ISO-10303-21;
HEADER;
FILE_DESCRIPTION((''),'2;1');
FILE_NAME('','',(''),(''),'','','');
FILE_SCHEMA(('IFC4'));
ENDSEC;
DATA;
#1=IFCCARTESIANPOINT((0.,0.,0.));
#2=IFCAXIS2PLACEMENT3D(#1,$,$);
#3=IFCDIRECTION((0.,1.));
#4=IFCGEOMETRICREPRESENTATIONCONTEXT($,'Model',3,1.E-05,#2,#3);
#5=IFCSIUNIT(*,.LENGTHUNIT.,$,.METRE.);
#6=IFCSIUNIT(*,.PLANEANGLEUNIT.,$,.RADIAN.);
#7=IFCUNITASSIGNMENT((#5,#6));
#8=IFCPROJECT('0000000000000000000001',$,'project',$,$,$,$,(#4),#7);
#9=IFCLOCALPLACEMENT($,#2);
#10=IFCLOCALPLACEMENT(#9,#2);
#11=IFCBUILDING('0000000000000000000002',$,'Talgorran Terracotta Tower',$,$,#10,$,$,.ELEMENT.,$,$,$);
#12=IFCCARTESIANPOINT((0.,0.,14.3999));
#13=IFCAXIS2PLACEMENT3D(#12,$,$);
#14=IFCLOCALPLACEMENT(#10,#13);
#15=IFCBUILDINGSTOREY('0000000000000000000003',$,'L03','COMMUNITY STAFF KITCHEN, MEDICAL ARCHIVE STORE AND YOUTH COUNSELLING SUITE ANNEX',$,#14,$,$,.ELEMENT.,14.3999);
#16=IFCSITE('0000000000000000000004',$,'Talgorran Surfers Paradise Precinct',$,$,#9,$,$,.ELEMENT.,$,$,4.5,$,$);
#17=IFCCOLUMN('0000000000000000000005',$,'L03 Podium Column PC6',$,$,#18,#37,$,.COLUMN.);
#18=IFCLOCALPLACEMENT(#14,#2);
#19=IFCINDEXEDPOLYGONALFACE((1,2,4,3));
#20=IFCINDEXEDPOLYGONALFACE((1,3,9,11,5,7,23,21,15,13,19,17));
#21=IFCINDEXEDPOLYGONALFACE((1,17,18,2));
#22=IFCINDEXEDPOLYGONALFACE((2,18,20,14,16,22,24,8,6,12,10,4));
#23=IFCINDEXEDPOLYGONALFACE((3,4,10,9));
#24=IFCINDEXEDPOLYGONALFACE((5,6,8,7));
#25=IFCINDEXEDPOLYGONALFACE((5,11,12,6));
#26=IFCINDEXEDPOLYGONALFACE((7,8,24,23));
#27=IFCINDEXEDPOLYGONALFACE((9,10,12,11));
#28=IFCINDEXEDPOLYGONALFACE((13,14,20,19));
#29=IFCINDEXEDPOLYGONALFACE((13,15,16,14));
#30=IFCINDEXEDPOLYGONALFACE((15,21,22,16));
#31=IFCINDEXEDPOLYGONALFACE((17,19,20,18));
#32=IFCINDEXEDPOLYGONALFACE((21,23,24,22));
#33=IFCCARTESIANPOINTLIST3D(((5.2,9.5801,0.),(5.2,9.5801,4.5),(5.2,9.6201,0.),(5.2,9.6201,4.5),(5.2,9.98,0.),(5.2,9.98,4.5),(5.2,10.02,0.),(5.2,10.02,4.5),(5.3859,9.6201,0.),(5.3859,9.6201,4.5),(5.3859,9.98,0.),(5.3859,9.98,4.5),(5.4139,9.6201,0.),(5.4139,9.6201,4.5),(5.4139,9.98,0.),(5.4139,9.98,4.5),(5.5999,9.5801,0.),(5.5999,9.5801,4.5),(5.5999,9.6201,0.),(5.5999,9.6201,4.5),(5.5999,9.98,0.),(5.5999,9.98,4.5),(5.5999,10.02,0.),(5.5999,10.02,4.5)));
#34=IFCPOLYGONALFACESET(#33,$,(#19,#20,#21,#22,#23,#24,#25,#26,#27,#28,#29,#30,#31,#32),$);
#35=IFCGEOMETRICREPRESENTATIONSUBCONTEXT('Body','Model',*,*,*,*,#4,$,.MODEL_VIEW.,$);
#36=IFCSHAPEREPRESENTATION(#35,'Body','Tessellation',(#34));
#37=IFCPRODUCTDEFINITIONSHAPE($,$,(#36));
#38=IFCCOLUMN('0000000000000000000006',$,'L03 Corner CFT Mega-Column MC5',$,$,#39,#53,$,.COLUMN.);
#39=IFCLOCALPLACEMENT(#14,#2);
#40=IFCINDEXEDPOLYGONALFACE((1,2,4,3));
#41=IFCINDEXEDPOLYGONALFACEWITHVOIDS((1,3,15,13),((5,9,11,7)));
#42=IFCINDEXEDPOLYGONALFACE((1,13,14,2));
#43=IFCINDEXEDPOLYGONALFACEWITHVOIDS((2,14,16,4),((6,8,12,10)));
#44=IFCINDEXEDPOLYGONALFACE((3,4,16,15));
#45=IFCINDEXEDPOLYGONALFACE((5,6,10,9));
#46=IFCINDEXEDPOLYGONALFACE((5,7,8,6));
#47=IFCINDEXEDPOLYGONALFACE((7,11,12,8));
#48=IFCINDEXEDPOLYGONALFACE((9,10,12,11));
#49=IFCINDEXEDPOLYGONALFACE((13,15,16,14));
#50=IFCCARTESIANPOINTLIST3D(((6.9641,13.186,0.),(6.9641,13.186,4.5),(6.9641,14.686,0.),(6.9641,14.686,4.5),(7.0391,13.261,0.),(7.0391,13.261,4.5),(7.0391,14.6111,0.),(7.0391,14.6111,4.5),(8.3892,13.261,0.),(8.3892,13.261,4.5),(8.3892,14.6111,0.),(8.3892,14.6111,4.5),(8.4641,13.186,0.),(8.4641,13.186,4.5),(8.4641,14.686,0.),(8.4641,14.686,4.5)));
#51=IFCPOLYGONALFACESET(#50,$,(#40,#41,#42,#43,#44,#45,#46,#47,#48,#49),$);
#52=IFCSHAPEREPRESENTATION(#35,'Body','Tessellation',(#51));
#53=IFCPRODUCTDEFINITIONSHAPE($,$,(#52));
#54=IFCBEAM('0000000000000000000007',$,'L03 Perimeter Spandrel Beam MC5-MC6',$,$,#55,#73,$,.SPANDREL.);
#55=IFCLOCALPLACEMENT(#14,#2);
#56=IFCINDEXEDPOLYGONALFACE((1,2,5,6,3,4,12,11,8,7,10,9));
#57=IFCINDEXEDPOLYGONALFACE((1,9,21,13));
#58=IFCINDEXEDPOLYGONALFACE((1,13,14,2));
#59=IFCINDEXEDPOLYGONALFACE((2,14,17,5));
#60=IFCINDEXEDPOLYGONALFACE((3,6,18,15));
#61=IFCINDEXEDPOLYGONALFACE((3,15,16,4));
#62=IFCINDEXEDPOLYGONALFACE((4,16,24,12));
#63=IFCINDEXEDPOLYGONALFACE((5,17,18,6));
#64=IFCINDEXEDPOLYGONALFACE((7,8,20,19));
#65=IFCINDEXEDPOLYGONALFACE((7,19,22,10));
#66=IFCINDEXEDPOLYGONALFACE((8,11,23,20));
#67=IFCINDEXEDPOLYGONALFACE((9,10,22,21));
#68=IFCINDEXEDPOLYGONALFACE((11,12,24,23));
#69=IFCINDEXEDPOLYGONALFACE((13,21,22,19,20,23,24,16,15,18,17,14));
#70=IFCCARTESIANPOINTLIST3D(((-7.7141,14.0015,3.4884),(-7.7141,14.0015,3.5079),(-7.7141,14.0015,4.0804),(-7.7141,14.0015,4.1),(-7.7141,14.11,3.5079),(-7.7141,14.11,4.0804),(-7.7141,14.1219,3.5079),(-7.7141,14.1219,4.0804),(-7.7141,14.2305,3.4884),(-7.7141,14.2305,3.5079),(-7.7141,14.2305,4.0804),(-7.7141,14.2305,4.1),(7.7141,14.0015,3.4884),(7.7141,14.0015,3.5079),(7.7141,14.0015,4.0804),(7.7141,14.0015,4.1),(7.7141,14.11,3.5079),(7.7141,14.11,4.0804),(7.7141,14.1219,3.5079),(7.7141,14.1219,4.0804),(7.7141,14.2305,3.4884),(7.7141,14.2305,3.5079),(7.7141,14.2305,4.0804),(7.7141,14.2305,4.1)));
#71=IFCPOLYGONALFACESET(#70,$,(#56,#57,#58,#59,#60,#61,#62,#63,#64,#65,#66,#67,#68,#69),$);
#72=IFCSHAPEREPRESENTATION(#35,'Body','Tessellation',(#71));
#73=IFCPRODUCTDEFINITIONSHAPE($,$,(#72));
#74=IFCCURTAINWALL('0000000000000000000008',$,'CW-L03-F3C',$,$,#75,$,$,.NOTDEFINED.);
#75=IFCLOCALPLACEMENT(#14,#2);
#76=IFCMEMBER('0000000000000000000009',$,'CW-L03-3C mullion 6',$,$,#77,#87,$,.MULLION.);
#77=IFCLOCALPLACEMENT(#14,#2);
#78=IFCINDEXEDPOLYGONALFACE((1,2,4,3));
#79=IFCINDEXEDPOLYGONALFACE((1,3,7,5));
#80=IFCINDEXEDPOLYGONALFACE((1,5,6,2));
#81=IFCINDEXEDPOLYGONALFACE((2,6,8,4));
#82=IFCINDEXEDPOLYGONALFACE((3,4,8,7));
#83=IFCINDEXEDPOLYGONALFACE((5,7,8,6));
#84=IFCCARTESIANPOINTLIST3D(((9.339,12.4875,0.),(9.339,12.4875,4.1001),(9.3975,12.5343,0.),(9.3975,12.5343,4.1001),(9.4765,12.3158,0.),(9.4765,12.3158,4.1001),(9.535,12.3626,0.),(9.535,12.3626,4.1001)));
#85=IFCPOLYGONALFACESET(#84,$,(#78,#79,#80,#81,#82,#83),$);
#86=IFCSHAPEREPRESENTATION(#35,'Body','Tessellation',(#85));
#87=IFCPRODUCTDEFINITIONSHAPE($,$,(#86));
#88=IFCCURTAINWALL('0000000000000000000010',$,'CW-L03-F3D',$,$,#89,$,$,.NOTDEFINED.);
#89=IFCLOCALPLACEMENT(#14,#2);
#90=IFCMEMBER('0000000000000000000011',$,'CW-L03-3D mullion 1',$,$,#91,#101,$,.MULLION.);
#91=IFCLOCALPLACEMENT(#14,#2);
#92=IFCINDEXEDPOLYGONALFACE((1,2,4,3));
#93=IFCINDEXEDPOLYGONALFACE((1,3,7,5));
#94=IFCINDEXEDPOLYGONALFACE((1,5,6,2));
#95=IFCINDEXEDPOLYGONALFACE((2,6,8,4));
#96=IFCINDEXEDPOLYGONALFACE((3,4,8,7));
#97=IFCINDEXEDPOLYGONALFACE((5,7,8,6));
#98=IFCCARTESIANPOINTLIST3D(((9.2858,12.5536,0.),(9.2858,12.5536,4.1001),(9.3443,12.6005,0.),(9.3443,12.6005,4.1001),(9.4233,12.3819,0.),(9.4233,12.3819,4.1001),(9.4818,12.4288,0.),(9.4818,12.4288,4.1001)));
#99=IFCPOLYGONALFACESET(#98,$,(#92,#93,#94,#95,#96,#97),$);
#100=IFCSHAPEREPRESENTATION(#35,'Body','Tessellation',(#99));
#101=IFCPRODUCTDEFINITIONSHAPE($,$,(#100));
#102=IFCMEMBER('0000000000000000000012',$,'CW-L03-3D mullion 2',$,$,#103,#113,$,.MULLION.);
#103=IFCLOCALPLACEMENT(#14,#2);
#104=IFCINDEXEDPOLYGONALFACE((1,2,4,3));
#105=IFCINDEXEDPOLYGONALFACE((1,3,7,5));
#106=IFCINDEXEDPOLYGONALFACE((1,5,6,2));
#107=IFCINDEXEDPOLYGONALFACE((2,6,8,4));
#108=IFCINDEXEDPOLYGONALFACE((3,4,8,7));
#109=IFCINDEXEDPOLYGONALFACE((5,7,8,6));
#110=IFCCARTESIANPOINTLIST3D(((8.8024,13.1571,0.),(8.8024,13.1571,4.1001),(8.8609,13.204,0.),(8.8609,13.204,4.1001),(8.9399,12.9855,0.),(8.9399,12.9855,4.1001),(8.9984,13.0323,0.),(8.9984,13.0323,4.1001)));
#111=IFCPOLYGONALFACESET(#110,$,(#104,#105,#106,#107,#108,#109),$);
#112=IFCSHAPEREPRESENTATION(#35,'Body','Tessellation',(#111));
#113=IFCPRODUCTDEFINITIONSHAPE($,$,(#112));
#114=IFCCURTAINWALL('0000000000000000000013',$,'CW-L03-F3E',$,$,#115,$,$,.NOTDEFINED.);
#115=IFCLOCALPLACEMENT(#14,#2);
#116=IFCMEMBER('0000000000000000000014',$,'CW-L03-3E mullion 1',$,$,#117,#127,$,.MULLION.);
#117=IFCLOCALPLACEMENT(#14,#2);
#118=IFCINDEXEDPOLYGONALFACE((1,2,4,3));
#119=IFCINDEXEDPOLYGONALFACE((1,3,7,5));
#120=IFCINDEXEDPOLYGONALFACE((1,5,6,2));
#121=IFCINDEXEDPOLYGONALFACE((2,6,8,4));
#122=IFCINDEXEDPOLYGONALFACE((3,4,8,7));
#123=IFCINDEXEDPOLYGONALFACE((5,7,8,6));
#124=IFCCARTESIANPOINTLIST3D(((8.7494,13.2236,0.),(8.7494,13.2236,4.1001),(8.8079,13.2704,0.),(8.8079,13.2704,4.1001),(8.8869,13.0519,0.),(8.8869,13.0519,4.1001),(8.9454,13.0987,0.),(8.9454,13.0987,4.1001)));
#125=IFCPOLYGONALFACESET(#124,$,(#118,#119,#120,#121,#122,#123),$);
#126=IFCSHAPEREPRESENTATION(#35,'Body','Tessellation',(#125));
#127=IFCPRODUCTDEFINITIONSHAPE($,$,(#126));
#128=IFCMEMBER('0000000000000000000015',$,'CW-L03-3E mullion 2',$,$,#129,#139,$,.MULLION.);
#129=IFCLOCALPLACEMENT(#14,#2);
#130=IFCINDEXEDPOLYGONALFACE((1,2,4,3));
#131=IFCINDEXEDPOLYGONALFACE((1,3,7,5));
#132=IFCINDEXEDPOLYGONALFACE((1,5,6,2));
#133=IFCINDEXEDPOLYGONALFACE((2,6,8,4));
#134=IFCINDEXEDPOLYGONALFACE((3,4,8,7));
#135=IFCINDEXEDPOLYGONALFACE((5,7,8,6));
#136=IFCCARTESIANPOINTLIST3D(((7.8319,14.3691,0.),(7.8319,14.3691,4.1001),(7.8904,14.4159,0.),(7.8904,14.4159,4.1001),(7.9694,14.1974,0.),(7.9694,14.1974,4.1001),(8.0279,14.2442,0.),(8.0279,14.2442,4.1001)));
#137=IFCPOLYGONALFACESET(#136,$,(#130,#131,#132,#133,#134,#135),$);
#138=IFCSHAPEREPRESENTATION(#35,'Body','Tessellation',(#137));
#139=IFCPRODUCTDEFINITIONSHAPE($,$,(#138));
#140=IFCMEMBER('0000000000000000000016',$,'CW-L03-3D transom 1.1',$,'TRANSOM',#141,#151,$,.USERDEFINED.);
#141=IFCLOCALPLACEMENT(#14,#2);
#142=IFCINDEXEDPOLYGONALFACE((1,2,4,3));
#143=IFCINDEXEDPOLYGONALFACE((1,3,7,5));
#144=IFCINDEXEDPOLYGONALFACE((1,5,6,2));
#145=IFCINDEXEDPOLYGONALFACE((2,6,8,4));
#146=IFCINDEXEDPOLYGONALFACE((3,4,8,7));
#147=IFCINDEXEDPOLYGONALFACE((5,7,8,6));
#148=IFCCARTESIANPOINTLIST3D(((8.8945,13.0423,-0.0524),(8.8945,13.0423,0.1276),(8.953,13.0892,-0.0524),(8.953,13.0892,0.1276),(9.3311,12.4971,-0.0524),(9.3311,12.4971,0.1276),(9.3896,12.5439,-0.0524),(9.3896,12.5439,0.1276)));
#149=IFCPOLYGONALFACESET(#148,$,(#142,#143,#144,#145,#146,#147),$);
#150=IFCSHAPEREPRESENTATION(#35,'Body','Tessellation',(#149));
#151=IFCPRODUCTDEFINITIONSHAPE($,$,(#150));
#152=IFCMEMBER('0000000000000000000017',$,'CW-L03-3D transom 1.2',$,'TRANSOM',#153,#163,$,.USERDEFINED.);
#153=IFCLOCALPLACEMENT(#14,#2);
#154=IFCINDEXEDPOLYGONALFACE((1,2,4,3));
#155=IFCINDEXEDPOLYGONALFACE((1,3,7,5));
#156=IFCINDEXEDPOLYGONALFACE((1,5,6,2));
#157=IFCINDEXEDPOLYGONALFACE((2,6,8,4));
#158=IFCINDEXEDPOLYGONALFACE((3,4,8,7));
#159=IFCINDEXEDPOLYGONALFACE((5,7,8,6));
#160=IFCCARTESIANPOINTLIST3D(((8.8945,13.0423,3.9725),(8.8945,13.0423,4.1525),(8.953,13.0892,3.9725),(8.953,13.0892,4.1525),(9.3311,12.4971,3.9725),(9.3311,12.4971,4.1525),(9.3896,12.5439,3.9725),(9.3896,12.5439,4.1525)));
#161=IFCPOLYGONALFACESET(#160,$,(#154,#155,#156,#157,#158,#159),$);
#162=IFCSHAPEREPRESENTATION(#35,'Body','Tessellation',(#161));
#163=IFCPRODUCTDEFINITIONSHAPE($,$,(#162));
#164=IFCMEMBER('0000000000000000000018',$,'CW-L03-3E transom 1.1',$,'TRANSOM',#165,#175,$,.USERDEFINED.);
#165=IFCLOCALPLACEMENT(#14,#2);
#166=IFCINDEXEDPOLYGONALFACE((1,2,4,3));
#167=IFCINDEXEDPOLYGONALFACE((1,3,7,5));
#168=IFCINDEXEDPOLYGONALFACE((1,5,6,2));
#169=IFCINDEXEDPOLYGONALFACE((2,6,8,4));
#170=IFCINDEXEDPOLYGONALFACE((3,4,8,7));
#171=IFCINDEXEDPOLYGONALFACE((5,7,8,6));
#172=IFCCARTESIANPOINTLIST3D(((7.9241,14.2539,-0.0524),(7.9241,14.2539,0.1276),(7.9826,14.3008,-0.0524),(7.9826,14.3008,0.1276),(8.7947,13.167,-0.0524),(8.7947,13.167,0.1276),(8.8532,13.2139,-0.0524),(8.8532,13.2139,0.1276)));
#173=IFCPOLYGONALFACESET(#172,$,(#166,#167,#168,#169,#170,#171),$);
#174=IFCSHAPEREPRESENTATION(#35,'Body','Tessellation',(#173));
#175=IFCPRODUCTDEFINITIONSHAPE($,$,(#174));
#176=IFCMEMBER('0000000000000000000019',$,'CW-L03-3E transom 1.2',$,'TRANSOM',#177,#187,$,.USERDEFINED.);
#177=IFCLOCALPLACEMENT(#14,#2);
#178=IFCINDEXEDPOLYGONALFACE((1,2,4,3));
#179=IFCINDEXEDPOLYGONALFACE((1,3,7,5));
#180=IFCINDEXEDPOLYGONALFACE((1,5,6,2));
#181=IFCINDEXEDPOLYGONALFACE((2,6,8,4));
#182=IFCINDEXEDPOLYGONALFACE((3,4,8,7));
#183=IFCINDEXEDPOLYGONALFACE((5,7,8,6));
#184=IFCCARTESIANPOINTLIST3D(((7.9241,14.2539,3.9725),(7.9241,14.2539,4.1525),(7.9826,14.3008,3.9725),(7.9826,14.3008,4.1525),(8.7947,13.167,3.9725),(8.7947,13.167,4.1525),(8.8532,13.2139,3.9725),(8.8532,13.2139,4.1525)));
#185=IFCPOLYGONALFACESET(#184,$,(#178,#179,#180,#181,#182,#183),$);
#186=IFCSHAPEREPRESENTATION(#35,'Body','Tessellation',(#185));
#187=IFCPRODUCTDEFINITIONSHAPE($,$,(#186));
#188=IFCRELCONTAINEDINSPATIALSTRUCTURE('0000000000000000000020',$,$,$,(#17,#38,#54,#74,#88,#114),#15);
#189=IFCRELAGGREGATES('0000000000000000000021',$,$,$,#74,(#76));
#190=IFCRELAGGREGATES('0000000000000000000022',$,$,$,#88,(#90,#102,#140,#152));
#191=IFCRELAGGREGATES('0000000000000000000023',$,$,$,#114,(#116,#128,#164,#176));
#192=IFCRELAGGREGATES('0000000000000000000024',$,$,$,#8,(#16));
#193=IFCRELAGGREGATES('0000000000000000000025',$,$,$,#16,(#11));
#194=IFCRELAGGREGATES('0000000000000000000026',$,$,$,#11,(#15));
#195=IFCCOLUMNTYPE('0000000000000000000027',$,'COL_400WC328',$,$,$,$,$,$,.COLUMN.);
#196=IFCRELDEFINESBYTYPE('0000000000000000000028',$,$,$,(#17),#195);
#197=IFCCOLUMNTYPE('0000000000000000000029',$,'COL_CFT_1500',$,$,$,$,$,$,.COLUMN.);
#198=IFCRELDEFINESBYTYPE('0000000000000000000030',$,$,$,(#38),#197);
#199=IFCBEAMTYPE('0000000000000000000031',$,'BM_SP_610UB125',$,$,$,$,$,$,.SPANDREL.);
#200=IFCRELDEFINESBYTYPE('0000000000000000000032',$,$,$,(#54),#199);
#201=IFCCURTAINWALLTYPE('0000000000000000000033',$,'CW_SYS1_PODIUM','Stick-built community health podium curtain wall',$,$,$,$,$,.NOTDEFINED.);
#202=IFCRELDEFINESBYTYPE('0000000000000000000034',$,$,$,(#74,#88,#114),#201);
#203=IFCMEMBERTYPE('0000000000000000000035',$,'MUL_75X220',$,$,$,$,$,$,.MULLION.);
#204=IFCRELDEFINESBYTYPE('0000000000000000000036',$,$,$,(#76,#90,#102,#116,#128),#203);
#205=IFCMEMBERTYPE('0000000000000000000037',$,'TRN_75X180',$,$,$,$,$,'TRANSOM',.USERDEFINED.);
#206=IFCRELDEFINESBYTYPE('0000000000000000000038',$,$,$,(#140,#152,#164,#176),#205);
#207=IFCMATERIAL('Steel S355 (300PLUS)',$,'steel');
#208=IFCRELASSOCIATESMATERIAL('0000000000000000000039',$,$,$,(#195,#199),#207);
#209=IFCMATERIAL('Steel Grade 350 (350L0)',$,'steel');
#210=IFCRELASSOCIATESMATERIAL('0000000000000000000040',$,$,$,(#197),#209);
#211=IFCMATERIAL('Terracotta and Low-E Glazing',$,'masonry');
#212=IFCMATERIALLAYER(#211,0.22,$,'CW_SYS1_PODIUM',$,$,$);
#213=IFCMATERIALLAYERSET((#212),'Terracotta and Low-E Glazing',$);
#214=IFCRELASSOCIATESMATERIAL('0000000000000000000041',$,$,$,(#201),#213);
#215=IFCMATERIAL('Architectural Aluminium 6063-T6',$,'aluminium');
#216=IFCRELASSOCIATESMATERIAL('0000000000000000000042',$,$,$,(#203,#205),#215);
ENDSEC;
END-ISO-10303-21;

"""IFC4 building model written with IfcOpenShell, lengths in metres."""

from ifc_helpers import new_model, si_unit, direction, frame, origin, origin_2d, place, context, subcontext, project, spatial, rectangle, hollow_rectangle, i_section, extrude, material, layer, layer_set, material_profile, profile_set, type_object, element, aggregate, save


model = new_model("IFC4")

# Units and contexts
model_context = context("Model", 3, precision=1e-05, world=origin(), true_north=direction((0.0, 1.0)))
body_context = subcontext(model_context, "Body", "Model", "MODEL_VIEW")
ifc_project = project(units=[si_unit("LENGTHUNIT", "METRE"), si_unit("PLANEANGLEUNIT", "RADIAN")], contexts=[model_context])

# Site, building, storey
site_placement = place(None, origin())
site = spatial("IfcSite", under=ifc_project, at=site_placement, Name="Talgorran Surfers Paradise Precinct", CompositionType="ELEMENT", RefElevation=4.5)
building_placement = place(site_placement, origin())
building = spatial("IfcBuilding", under=site, at=building_placement, Name="Talgorran Terracotta Tower", CompositionType="ELEMENT")
storey_placement = place(building_placement, frame((0.0, 0.0, 14.3999)))
storey = spatial("IfcBuildingStorey", under=building, at=storey_placement, Name="L03", Description="COMMUNITY STAFF KITCHEN, MEDICAL ARCHIVE STORE AND YOUTH COUNSELLING SUITE ANNEX", CompositionType="ELEMENT", Elevation=14.3999)

# Columns
ifc_material_1 = material(Name="Steel S355 (300PLUS)", Category="steel")
ifc_material_profile_1 = material_profile(ifc_material_1, i_section(OverallWidth=0.3999, OverallDepth=0.4399, WebThickness=0.0281, FlangeThickness=0.04, at=origin_2d()), Name="400WC328")
ifc_profile_set_1 = profile_set([ifc_material_profile_1], Name="Steel S355 (300PLUS)")
column_type_1 = type_object("IfcColumnType", Name="COL_400WC328", PredefinedType="COLUMN", material=ifc_profile_set_1)
column_1_placement = place(storey_placement, frame((5.3999, 9.8, 0.0), z_axis=(0.0, 0.0, 1.0), x_axis=(1.0, 0.0, 0.0)))
element("IfcColumn", 1, at=column_1_placement, inside=storey, type_object=column_type_1, Name="L03 Podium Column PC6", PredefinedType="COLUMN", context=body_context, shape_type="SweptSolid", body=[
    extrude(i_section(OverallWidth=0.3999, OverallDepth=0.4399, WebThickness=0.0281, FlangeThickness=0.04, at=origin_2d()), origin(), (0.0, 0.0, 1.0), 4.5),
])
ifc_material_2 = material(Name="Steel Grade 350 (350L0)", Category="steel")
ifc_material_profile_2 = material_profile(ifc_material_2, hollow_rectangle(XDim=1.5, YDim=1.5, WallThickness=0.075, at=origin_2d()), Name="CFT1500X1500X75")
ifc_profile_set_2 = profile_set([ifc_material_profile_2], Name="Steel Grade 350 (350L0)")
column_type_2 = type_object("IfcColumnType", Name="COL_CFT_1500", PredefinedType="COLUMN", material=ifc_profile_set_2)
column_2_placement = place(storey_placement, frame((7.7141, 13.936, 0.0), z_axis=(0.0, 0.0, 1.0), x_axis=(1.0, 0.0, 0.0)))
element("IfcColumn", 2, at=column_2_placement, inside=storey, type_object=column_type_2, Name="L03 Corner CFT Mega-Column MC5", PredefinedType="COLUMN", context=body_context, shape_type="SweptSolid", body=[
    extrude(hollow_rectangle(XDim=1.5, YDim=1.5, WallThickness=0.075, at=origin_2d()), origin(), (0.0, 0.0, 1.0), 4.5),
])

# Beam
ifc_material_profile_3 = material_profile(ifc_material_1, i_section(OverallWidth=0.229, OverallDepth=0.6116, WebThickness=0.012, FlangeThickness=0.0195, at=origin_2d()), Name="610UB125")
ifc_profile_set_3 = profile_set([ifc_material_profile_3], Name="Steel S355 (300PLUS)")
beam_type = type_object("IfcBeamType", Name="BM_SP_610UB125", PredefinedType="SPANDREL", material=ifc_profile_set_3)
beam_placement = place(storey_placement, frame((7.7141, 14.116, 3.7942), z_axis=(-1.0, 0.0, 0.0), x_axis=(0.0, -1.0, 0.0)))
element("IfcBeam", 3, at=beam_placement, inside=storey, type_object=beam_type, Name="L03 Perimeter Spandrel Beam MC5-MC6", PredefinedType="SPANDREL", context=body_context, shape_type="SweptSolid", body=[
    extrude(i_section(OverallWidth=0.229, OverallDepth=0.6116, WebThickness=0.012, FlangeThickness=0.0195, at=origin_2d()), origin(), (0.0, 0.0, 1.0), 15.4282),
])

# Curtain wall, member
ifc_material_3 = material(Name="Terracotta and Low-E Glazing", Category="masonry")
ifc_layer_1 = layer(ifc_material_3, 0.22, Name="CW_SYS1_PODIUM")
ifc_layer_set_1 = layer_set([ifc_layer_1], Name="Terracotta and Low-E Glazing")
curtain_wall_type = type_object("IfcCurtainWallType", Name="CW_SYS1_PODIUM", Description="Stick-built community health podium curtain wall", PredefinedType="NOTDEFINED", material=ifc_layer_set_1)
curtain_wall_1_placement = place(storey_placement, origin())
curtain_wall_1 = element("IfcCurtainWall", 4, at=curtain_wall_1_placement, inside=storey, type_object=curtain_wall_type, Name="CW-L03-F3C", PredefinedType="NOTDEFINED")
ifc_material_4 = material(Name="Architectural Aluminium 6063-T6", Category="aluminium")
ifc_material_profile_4 = material_profile(ifc_material_4, rectangle(XDim=0.075, YDim=0.22, at=origin_2d()), Name="CWM75X220")
ifc_profile_set_4 = profile_set([ifc_material_profile_4], Name="Architectural Aluminium 6063-T6")
member_type_1 = type_object("IfcMemberType", Name="MUL_75X220", PredefinedType="MULLION", material=ifc_profile_set_4)
member_1_placement = place(storey_placement, frame((9.437, 12.425, 0.0), z_axis=(0.0, 0.0, 1.0), x_axis=(-0.780531, -0.625117, 0.0)))
member_1 = element("IfcMember", 5, at=member_1_placement, type_object=member_type_1, Name="CW-L03-3C mullion 6", PredefinedType="MULLION", context=body_context, shape_type="SweptSolid", body=[
    extrude(rectangle(XDim=0.075, YDim=0.22, at=origin_2d()), origin(), (0.0, 0.0, 1.0), 4.1001),
])
aggregate(curtain_wall_1, [member_1])

# Curtain walls, members
curtain_wall_2_placement = place(storey_placement, origin())
curtain_wall_2 = element("IfcCurtainWall", 6, at=curtain_wall_2_placement, inside=storey, type_object=curtain_wall_type, Name="CW-L03-F3D", PredefinedType="NOTDEFINED")
member_2_placement = place(storey_placement, frame((9.3838, 12.4912, 0.0), z_axis=(0.0, 0.0, 1.0), x_axis=(-0.780512, -0.625141, 0.0)))
member_2 = element("IfcMember", 7, at=member_2_placement, type_object=member_type_1, Name="CW-L03-3D mullion 1", PredefinedType="MULLION", context=body_context, shape_type="SweptSolid", body=[
    extrude(rectangle(XDim=0.075, YDim=0.22, at=origin_2d()), origin(), (0.0, 0.0, 1.0), 4.1001),
])
member_3_placement = place(storey_placement, frame((8.9004, 13.0947, 0.0), z_axis=(0.0, 0.0, 1.0), x_axis=(-0.780512, -0.625141, 0.0)))
member_3 = element("IfcMember", 8, at=member_3_placement, type_object=member_type_1, Name="CW-L03-3D mullion 2", PredefinedType="MULLION", context=body_context, shape_type="SweptSolid", body=[
    extrude(rectangle(XDim=0.075, YDim=0.22, at=origin_2d()), origin(), (0.0, 0.0, 1.0), 4.1001),
])
curtain_wall_3_placement = place(storey_placement, origin())
curtain_wall_3 = element("IfcCurtainWall", 9, at=curtain_wall_3_placement, inside=storey, type_object=curtain_wall_type, Name="CW-L03-F3E", PredefinedType="NOTDEFINED")
member_4_placement = place(storey_placement, frame((8.8474, 13.1611, 0.0), z_axis=(0.0, 0.0, 1.0), x_axis=(-0.780515, -0.625138, 0.0)))
member_4 = element("IfcMember", 10, at=member_4_placement, type_object=member_type_1, Name="CW-L03-3E mullion 1", PredefinedType="MULLION", context=body_context, shape_type="SweptSolid", body=[
    extrude(rectangle(XDim=0.075, YDim=0.22, at=origin_2d()), origin(), (0.0, 0.0, 1.0), 4.1001),
])
member_5_placement = place(storey_placement, frame((7.9299, 14.3066, 0.0), z_axis=(0.0, 0.0, 1.0), x_axis=(-0.780515, -0.625138, 0.0)))
member_5 = element("IfcMember", 11, at=member_5_placement, type_object=member_type_1, Name="CW-L03-3E mullion 2", PredefinedType="MULLION", context=body_context, shape_type="SweptSolid", body=[
    extrude(rectangle(XDim=0.075, YDim=0.22, at=origin_2d()), origin(), (0.0, 0.0, 1.0), 4.1001),
])

# Members
ifc_material_profile_5 = material_profile(ifc_material_4, rectangle(XDim=0.075, YDim=0.1799, at=origin_2d()), Name="CWT75X180")
ifc_profile_set_5 = profile_set([ifc_material_profile_5], Name="Architectural Aluminium 6063-T6")
member_type_2 = type_object("IfcMemberType", Name="TRN_75X180", ElementType="TRANSOM", PredefinedType="USERDEFINED", material=ifc_profile_set_5)
member_6_placement = place(storey_placement, frame((9.3604, 12.5205, 0.0376), z_axis=(-0.625036, 0.780596, 0.0), x_axis=(-0.780596, -0.625036, 0.0)))
member_6 = element("IfcMember", 12, at=member_6_placement, type_object=member_type_2, Name="CW-L03-3D transom 1.1", ObjectType="TRANSOM", PredefinedType="USERDEFINED", context=body_context, shape_type="SweptSolid", body=[
    extrude(rectangle(XDim=0.075, YDim=0.1799, at=origin_2d()), origin(), (0.0, 0.0, 1.0), 0.6985),
])
member_7_placement = place(storey_placement, frame((9.3604, 12.5205, 4.0625), z_axis=(-0.625036, 0.780596, 0.0), x_axis=(-0.780596, -0.625036, 0.0)))
member_7 = element("IfcMember", 13, at=member_7_placement, type_object=member_type_2, Name="CW-L03-3D transom 1.2", ObjectType="TRANSOM", PredefinedType="USERDEFINED", context=body_context, shape_type="SweptSolid", body=[
    extrude(rectangle(XDim=0.075, YDim=0.1799, at=origin_2d()), origin(), (0.0, 0.0, 1.0), 0.6985),
])
member_8_placement = place(storey_placement, frame((8.824, 13.1904, 0.0376), z_axis=(-0.625165, 0.780492, 0.0), x_axis=(-0.780492, -0.625165, 0.0)))
member_8 = element("IfcMember", 14, at=member_8_placement, type_object=member_type_2, Name="CW-L03-3E transom 1.1", ObjectType="TRANSOM", PredefinedType="USERDEFINED", context=body_context, shape_type="SweptSolid", body=[
    extrude(rectangle(XDim=0.075, YDim=0.1799, at=origin_2d()), origin(), (0.0, 0.0, 1.0), 1.3926),
])
member_9_placement = place(storey_placement, frame((8.824, 13.1904, 4.0625), z_axis=(-0.625165, 0.780492, 0.0), x_axis=(-0.780492, -0.625165, 0.0)))
member_9 = element("IfcMember", 15, at=member_9_placement, type_object=member_type_2, Name="CW-L03-3E transom 1.2", ObjectType="TRANSOM", PredefinedType="USERDEFINED", context=body_context, shape_type="SweptSolid", body=[
    extrude(rectangle(XDim=0.075, YDim=0.1799, at=origin_2d()), origin(), (0.0, 0.0, 1.0), 1.3926),
])

aggregate(curtain_wall_2, [member_2, member_3, member_6, member_7])
aggregate(curtain_wall_3, [member_4, member_5, member_8, member_9])

save(model, "model.ifc")
